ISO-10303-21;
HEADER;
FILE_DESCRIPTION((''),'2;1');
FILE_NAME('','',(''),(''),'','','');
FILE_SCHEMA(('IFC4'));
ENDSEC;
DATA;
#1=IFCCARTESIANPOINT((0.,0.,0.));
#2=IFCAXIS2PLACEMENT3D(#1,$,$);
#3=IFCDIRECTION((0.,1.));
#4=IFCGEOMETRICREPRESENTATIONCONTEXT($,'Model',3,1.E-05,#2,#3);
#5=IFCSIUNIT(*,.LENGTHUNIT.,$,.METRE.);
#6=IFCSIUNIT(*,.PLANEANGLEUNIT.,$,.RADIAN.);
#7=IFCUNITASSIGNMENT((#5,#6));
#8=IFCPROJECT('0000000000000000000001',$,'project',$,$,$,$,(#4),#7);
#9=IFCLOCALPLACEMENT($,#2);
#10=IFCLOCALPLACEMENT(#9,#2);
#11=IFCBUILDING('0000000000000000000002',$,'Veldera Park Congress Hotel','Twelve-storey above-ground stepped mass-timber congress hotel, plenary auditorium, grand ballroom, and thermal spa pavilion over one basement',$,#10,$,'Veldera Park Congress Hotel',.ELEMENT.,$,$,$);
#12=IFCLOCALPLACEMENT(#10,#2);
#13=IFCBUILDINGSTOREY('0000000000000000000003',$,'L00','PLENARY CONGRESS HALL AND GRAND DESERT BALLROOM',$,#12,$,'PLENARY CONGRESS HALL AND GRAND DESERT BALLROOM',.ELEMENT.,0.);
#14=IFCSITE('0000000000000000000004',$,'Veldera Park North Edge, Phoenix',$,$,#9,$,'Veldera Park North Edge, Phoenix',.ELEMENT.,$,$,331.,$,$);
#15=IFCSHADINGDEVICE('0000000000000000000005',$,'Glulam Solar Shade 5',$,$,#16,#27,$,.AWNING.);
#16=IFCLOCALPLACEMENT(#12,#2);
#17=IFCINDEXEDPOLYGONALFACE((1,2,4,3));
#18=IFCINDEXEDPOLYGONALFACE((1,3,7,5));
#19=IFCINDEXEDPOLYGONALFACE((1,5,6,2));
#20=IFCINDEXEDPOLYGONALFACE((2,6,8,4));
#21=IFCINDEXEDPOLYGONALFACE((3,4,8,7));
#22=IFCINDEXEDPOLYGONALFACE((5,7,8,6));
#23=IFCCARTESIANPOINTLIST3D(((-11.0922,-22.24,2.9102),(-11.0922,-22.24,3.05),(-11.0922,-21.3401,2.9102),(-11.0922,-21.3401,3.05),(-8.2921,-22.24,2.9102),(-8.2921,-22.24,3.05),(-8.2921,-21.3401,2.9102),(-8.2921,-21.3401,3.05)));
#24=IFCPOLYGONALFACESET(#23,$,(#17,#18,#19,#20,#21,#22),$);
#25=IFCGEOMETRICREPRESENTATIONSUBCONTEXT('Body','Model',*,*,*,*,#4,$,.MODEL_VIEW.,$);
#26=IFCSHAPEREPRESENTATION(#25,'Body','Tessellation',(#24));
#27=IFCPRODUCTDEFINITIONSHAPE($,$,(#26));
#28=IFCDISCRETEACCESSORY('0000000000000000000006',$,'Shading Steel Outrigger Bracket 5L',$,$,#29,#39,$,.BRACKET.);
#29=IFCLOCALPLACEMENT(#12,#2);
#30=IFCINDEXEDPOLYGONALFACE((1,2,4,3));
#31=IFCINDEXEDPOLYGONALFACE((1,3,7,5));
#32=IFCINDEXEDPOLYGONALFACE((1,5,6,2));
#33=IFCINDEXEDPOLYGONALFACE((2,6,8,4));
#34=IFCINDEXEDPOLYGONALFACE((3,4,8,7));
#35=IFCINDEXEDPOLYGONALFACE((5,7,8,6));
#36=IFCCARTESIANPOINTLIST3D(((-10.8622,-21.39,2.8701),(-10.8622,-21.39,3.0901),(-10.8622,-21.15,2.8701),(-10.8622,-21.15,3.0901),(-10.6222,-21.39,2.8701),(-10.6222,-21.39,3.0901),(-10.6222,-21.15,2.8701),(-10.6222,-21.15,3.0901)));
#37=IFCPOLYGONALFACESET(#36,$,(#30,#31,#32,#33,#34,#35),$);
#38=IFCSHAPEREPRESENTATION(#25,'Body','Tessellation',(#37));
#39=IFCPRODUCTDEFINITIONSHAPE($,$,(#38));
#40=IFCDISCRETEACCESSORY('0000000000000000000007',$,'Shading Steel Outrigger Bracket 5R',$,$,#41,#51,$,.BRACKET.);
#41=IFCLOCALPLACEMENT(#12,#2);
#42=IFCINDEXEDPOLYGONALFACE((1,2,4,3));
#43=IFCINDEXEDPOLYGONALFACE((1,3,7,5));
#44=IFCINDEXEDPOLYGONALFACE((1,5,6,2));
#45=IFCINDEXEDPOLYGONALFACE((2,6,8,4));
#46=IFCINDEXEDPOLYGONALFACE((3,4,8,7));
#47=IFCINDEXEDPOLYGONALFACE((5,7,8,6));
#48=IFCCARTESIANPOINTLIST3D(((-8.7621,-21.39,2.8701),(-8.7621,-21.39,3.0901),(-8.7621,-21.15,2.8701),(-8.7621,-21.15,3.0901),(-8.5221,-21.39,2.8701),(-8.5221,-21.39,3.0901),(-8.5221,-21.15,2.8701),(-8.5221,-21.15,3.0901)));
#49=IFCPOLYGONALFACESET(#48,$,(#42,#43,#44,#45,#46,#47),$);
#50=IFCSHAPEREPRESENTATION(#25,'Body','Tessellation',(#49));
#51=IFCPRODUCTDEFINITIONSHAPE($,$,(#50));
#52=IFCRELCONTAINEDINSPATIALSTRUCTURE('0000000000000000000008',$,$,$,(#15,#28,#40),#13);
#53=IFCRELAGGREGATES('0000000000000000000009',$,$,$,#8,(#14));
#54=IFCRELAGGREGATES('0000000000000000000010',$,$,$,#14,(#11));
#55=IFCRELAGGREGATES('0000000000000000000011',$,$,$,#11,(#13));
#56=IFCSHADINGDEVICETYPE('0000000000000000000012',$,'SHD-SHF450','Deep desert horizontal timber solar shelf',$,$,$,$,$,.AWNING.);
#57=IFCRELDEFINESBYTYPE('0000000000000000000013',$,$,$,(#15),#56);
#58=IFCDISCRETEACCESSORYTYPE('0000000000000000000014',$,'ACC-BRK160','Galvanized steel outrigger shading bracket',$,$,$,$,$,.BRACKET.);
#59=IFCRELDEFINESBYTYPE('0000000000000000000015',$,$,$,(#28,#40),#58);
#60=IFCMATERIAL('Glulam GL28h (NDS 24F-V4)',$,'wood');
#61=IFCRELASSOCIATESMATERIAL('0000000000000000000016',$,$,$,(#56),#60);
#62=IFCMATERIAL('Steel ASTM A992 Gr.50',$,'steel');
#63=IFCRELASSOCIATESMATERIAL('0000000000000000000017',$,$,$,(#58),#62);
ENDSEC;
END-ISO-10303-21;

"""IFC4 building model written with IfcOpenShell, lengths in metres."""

from ifc_helpers import new_model, si_unit, direction, frame, origin, origin_2d, place, context, subcontext, project, spatial, rectangle, extrude, material, type_object, element, save


model = new_model("IFC4")

# Units and contexts
model_context = context("Model", 3, precision=1e-05, world=origin(), true_north=direction((0.0, 1.0)))
body_context = subcontext(model_context, "Body", "Model", "MODEL_VIEW")
ifc_project = project(units=[si_unit("LENGTHUNIT", "METRE"), si_unit("PLANEANGLEUNIT", "RADIAN")], contexts=[model_context])

# Site, building, storey
site_placement = place(None, origin())
site = spatial("IfcSite", under=ifc_project, at=site_placement, Name="Veldera Park North Edge, Phoenix", LongName="Veldera Park North Edge, Phoenix", CompositionType="ELEMENT", RefElevation=331.0)
building_placement = place(site_placement, origin())
building = spatial("IfcBuilding", under=site, at=building_placement, Name="Veldera Park Congress Hotel", Description="Twelve-storey above-ground stepped mass-timber congress hotel, plenary auditorium, grand ballroom, and thermal spa pavilion over one basement", LongName="Veldera Park Congress Hotel", CompositionType="ELEMENT")
storey_placement = place(building_placement, origin())
storey = spatial("IfcBuildingStorey", under=building, at=storey_placement, Name="L00", Description="PLENARY CONGRESS HALL AND GRAND DESERT BALLROOM", LongName="PLENARY CONGRESS HALL AND GRAND DESERT BALLROOM", CompositionType="ELEMENT", Elevation=0.0)

# Shared definitions
ifc_material_1 = material(Name="Steel ASTM A992 Gr.50", Category="steel")

# Shading device
ifc_material_2 = material(Name="Glulam GL28h (NDS 24F-V4)", Category="wood")
shading_device_type = type_object("IfcShadingDeviceType", Name="SHD-SHF450", Description="Deep desert horizontal timber solar shelf", PredefinedType="AWNING", material=ifc_material_2)
shading_device_placement = place(storey_placement, frame((-9.6921, -21.79, 2.9102), z_axis=(0.0, 0.0, 1.0), x_axis=(1.0, 0.0, 0.0)))
element("IfcShadingDevice", 1, at=shading_device_placement, inside=storey, type_object=shading_device_type, Name="Glulam Solar Shade 5", PredefinedType="AWNING", context=body_context, shape_type="SweptSolid", body=[
    extrude(rectangle(XDim=2.8, YDim=0.8999, at=origin_2d()), origin(), (0.0, 0.0, 1.0), 0.1399),
])

# Discrete accessories
discrete_accessory_type = type_object("IfcDiscreteAccessoryType", Name="ACC-BRK160", Description="Galvanized steel outrigger shading bracket", PredefinedType="BRACKET", material=ifc_material_1)
for number, where, z_axis, x_axis, name in (
    (2, (-10.7422, -21.27, 2.8701), (0.0, 0.0, 1.0), (1.0, 0.0, 0.0), "Shading Steel Outrigger Bracket 5L"),
    (3, (-8.6421, -21.27, 2.8701), (0.0, 0.0, 1.0), (1.0, 0.0, 0.0), "Shading Steel Outrigger Bracket 5R"),
):
    element("IfcDiscreteAccessory", number, at=place(storey_placement, frame(where, z_axis=z_axis, x_axis=x_axis)), inside=storey, type_object=discrete_accessory_type, Name=name, PredefinedType="BRACKET", context=body_context, shape_type="SweptSolid", body=[
        extrude(rectangle(XDim=0.24, YDim=0.24, at=origin_2d()), origin(), (0.0, 0.0, 1.0), 0.22),
    ])

save(model, "model.ifc")
